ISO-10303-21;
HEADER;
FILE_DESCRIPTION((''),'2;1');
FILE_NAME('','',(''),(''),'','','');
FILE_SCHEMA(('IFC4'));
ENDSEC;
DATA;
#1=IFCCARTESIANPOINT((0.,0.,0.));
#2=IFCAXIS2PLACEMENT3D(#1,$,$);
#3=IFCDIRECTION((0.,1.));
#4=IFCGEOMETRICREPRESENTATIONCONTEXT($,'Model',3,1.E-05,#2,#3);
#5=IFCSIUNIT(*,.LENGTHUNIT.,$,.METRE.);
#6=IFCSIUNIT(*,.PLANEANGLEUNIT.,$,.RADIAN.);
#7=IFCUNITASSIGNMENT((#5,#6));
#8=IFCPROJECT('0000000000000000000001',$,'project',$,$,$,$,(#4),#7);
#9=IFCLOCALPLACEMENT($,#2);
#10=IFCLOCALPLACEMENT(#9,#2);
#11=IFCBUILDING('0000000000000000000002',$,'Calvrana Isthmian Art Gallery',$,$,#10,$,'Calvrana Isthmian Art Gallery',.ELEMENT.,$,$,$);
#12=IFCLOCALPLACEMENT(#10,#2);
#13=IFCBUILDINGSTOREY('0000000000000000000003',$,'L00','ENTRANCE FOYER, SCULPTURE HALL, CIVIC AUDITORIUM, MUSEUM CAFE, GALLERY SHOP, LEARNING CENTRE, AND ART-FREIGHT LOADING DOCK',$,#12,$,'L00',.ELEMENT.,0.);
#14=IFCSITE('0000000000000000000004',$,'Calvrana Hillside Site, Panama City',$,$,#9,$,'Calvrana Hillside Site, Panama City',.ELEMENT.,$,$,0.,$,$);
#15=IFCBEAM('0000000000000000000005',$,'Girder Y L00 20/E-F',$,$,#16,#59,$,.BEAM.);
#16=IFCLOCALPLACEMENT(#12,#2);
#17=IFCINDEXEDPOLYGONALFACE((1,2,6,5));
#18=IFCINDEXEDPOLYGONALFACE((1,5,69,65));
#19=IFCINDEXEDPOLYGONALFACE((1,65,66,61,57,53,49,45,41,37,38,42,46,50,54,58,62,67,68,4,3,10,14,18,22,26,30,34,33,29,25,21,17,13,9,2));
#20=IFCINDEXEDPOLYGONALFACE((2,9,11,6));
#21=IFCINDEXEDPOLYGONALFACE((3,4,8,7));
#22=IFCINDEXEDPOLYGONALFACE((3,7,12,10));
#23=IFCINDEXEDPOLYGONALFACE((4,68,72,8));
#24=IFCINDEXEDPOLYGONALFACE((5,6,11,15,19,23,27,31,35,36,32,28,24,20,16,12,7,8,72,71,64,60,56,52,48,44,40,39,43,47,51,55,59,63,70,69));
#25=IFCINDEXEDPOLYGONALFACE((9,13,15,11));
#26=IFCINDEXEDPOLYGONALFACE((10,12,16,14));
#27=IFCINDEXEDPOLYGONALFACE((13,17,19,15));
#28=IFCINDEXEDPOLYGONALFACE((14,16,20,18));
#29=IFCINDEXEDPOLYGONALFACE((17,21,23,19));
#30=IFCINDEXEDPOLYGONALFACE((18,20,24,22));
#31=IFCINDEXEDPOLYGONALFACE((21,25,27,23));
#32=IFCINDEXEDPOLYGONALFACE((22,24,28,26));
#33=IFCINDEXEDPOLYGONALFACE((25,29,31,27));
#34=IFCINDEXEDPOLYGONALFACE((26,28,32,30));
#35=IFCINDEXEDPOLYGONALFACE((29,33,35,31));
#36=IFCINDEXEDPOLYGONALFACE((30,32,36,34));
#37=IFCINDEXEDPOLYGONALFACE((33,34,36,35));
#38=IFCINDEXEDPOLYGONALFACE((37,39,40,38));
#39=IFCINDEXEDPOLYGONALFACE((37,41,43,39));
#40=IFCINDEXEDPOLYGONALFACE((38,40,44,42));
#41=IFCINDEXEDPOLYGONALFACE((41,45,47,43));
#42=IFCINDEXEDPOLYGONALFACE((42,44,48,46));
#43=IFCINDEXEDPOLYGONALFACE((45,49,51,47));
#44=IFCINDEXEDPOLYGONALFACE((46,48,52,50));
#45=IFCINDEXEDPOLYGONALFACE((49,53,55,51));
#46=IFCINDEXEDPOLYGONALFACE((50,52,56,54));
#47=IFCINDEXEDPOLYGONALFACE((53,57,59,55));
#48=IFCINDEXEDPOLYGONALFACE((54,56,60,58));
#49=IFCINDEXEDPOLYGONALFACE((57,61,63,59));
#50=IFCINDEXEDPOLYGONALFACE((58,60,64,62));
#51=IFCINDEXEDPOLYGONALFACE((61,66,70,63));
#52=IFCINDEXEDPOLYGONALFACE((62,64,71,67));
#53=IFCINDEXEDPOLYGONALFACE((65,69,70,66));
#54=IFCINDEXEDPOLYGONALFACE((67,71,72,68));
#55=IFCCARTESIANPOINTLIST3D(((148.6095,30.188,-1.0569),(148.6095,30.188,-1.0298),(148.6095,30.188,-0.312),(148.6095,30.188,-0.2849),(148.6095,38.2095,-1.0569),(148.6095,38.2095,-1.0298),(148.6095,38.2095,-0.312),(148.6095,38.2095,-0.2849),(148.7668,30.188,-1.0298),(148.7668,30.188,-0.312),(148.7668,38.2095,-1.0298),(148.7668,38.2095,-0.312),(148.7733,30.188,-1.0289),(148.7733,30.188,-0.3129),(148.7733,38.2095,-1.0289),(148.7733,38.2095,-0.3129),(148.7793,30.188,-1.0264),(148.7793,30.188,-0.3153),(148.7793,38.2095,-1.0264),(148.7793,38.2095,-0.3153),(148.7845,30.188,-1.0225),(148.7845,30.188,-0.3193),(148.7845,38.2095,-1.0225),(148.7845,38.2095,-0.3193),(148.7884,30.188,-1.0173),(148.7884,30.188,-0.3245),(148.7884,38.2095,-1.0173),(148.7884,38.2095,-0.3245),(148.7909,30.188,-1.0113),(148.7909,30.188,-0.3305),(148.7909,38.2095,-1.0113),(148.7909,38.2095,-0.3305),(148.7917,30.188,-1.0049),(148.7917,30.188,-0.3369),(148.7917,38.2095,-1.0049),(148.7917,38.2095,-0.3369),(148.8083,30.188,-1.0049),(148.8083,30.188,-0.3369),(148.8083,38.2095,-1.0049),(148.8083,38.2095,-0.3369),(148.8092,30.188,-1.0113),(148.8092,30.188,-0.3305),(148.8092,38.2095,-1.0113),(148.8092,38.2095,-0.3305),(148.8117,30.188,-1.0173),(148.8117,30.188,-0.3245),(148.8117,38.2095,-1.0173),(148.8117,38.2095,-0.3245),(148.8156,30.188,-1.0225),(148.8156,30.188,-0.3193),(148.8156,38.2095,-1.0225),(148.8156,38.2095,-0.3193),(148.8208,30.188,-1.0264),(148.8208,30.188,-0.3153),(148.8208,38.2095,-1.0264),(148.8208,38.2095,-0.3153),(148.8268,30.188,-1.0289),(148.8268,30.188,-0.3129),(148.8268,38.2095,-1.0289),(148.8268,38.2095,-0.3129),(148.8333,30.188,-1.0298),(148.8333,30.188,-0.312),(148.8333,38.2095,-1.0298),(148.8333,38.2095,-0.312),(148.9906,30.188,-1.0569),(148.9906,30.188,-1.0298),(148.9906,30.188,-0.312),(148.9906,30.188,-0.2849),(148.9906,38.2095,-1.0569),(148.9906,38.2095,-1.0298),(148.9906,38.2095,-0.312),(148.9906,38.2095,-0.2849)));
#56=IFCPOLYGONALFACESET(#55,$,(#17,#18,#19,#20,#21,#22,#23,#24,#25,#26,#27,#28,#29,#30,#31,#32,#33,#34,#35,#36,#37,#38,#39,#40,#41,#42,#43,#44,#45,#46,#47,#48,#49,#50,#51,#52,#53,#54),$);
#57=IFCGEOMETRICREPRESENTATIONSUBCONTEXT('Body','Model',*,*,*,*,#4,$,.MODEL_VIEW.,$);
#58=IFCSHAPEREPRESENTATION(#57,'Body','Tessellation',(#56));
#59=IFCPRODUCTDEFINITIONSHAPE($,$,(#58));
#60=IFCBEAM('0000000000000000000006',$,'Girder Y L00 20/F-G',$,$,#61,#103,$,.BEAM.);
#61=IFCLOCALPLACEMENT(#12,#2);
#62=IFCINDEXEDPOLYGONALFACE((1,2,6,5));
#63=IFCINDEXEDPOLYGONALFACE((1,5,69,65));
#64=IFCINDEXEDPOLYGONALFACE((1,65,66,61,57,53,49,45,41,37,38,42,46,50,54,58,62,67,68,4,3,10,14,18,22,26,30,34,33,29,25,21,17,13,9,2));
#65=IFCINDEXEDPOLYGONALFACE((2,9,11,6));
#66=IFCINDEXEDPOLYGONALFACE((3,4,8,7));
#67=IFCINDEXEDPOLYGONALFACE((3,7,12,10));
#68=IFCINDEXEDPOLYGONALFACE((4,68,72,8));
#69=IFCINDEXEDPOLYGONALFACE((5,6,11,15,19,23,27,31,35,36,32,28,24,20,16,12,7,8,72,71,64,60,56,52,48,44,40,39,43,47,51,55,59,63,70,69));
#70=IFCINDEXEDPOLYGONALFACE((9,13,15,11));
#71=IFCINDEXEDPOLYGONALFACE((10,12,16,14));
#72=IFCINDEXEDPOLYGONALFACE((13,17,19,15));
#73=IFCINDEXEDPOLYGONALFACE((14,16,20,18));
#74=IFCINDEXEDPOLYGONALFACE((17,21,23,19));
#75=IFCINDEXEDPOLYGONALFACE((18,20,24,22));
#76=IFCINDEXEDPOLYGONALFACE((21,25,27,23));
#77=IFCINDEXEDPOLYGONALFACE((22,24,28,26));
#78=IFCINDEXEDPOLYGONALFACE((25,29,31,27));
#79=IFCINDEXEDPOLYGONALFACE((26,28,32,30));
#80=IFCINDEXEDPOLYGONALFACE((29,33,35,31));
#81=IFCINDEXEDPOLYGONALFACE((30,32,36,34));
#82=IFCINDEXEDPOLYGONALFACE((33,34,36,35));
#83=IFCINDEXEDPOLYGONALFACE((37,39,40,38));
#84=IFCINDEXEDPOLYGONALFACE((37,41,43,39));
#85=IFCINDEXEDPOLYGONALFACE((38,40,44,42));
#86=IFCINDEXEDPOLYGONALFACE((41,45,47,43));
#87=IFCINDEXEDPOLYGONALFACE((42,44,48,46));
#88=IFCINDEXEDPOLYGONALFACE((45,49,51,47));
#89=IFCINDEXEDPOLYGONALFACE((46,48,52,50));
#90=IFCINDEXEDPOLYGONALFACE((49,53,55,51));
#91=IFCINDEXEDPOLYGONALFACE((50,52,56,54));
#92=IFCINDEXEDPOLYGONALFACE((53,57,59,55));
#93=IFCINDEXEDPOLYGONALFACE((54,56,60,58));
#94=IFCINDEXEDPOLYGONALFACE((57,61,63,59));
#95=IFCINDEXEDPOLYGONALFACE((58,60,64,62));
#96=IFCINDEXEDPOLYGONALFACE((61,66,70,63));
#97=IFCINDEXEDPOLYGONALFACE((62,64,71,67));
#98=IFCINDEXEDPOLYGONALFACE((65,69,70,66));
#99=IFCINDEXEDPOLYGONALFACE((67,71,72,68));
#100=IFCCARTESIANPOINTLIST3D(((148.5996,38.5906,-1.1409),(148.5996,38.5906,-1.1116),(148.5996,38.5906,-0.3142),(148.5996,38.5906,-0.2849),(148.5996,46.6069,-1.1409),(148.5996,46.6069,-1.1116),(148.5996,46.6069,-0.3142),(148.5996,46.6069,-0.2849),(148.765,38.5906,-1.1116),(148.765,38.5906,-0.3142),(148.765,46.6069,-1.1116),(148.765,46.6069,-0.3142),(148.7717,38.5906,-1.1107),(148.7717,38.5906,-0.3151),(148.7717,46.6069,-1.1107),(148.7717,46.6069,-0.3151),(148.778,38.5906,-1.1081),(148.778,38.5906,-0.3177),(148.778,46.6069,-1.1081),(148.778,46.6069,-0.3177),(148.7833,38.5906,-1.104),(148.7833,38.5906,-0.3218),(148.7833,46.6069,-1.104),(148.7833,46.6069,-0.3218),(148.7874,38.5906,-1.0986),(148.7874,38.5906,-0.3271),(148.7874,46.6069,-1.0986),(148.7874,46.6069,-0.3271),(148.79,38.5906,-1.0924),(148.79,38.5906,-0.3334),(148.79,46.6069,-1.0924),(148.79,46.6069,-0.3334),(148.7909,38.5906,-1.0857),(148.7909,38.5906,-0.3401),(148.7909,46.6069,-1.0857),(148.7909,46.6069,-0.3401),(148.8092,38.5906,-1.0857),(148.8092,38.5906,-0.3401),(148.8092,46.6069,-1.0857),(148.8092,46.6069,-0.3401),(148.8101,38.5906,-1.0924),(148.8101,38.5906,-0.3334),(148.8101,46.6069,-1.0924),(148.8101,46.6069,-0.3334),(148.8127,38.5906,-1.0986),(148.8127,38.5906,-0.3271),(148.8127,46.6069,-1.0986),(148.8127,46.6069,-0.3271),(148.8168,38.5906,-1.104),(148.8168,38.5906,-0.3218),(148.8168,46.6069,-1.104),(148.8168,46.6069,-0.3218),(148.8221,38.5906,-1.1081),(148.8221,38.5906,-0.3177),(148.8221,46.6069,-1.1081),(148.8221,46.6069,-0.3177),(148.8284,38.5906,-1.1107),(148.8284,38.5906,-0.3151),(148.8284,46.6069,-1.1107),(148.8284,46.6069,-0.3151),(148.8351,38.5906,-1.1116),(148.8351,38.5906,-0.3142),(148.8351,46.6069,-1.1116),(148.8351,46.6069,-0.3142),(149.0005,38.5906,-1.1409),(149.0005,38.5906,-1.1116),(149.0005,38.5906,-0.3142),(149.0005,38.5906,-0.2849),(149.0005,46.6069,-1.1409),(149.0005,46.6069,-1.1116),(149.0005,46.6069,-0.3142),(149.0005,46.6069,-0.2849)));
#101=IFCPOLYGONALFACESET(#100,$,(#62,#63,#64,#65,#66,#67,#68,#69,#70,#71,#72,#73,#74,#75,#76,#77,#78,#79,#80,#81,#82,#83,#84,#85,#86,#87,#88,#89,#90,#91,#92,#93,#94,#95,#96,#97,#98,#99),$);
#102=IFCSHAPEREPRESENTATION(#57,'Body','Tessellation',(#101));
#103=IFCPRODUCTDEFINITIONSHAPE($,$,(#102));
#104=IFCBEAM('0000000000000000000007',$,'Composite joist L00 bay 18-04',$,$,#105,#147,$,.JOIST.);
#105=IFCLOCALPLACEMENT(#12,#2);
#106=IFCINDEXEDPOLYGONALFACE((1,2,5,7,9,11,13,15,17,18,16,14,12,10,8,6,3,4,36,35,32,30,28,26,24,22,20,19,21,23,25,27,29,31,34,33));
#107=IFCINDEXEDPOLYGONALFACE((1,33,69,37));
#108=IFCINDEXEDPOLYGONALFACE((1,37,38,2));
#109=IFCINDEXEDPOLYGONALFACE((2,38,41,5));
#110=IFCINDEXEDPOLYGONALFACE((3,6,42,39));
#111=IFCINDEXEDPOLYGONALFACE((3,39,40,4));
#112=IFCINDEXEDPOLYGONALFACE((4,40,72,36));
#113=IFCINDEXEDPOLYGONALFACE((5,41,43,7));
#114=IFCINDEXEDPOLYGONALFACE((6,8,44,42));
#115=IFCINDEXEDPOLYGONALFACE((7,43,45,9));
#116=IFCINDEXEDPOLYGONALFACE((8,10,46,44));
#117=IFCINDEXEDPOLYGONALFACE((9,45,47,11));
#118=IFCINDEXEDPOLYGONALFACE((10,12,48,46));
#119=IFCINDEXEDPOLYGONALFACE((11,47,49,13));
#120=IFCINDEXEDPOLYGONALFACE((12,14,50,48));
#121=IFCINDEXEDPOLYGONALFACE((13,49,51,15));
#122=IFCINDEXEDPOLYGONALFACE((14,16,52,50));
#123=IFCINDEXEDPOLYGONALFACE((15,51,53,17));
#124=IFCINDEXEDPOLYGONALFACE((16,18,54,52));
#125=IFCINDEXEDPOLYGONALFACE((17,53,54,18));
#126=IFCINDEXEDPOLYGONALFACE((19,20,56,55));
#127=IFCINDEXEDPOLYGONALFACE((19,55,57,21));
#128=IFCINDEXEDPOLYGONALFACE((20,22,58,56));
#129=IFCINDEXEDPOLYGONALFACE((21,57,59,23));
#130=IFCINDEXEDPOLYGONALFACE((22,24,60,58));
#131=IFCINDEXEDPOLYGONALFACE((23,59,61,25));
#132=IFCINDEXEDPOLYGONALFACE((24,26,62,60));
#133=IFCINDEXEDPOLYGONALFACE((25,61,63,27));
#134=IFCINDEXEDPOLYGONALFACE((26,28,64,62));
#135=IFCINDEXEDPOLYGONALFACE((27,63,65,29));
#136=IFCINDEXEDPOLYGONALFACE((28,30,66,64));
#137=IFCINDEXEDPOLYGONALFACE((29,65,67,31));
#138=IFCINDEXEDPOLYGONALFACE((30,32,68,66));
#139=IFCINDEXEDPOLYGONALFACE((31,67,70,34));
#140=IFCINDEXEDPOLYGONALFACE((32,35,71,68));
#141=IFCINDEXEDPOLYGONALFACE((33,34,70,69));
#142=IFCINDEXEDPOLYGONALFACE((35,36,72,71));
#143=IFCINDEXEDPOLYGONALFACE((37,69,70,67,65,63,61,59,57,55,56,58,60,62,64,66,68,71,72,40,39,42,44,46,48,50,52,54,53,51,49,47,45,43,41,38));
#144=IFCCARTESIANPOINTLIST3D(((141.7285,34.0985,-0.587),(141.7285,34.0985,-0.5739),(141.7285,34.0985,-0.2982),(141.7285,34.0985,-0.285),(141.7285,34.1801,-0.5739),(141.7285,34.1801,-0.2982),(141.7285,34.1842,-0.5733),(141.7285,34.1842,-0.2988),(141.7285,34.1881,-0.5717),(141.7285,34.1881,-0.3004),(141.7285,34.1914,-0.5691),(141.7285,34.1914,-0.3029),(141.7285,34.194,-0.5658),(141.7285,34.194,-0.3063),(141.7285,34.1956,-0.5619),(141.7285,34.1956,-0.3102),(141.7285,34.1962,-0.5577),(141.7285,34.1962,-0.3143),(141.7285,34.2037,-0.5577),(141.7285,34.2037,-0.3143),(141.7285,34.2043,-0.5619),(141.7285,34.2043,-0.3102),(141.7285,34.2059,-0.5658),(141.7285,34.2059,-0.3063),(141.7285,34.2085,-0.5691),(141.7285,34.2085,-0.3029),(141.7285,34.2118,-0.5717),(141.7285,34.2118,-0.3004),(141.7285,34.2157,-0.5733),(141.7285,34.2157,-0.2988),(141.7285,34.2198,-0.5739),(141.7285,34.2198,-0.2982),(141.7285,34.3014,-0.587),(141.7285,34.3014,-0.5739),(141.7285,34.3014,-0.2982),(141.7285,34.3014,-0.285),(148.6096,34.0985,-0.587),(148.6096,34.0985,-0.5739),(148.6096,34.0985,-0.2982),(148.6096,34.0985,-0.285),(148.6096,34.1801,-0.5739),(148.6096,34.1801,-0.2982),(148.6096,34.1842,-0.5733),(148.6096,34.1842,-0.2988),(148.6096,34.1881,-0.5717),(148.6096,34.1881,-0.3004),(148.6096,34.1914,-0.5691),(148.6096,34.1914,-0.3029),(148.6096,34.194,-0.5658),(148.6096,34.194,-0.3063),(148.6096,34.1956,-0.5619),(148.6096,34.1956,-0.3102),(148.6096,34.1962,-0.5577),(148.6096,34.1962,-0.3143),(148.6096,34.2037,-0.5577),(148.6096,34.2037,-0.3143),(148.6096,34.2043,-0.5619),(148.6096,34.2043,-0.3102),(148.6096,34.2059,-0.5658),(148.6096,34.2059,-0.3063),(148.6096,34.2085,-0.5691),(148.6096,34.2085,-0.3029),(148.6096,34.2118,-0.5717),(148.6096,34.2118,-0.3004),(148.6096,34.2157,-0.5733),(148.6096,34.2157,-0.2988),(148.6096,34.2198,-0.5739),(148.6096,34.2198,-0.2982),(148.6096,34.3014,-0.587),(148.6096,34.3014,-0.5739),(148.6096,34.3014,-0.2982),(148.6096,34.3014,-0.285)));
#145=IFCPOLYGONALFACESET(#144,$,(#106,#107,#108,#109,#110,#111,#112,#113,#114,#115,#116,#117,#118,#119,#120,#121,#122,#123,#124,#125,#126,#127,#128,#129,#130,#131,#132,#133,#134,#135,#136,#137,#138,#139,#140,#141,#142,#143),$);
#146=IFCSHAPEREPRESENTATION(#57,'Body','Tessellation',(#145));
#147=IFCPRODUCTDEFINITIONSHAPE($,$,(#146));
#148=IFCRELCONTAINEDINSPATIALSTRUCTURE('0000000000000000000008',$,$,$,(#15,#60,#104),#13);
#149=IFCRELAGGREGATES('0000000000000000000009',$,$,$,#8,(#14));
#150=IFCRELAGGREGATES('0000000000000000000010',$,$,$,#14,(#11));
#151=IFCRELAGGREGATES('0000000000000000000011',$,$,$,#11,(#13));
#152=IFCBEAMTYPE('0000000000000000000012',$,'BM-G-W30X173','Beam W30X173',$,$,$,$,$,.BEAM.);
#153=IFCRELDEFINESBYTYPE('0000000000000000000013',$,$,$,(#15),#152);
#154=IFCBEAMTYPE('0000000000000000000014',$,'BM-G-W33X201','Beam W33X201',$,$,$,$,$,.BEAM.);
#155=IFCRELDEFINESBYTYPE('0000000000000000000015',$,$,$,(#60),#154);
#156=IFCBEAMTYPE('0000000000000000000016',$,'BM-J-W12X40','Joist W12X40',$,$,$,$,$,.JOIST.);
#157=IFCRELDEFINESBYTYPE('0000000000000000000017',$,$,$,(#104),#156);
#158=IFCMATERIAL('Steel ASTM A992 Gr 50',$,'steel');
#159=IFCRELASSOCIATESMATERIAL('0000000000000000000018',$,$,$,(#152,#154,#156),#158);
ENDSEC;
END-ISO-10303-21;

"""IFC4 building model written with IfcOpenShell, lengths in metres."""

from ifc_helpers import new_model, si_unit, direction, frame, origin, origin_2d, place, context, subcontext, project, spatial, i_section, extrude, material, material_profile, profile_set, type_object, element, save


model = new_model("IFC4")

# Units and contexts
model_context = context("Model", 3, precision=1e-05, world=origin(), true_north=direction((0.0, 1.0)))
body_context = subcontext(model_context, "Body", "Model", "MODEL_VIEW")
ifc_project = project(units=[si_unit("LENGTHUNIT", "METRE"), si_unit("PLANEANGLEUNIT", "RADIAN")], contexts=[model_context])

# Site, building, storey
site_placement = place(None, origin())
site = spatial("IfcSite", under=ifc_project, at=site_placement, Name="Calvrana Hillside Site, Panama City", LongName="Calvrana Hillside Site, Panama City", CompositionType="ELEMENT", RefElevation=0.0)
building_placement = place(site_placement, origin())
building = spatial("IfcBuilding", under=site, at=building_placement, Name="Calvrana Isthmian Art Gallery", LongName="Calvrana Isthmian Art Gallery", CompositionType="ELEMENT")
storey_placement = place(building_placement, origin())
storey = spatial("IfcBuildingStorey", under=building, at=storey_placement, Name="L00", Description="ENTRANCE FOYER, SCULPTURE HALL, CIVIC AUDITORIUM, MUSEUM CAFE, GALLERY SHOP, LEARNING CENTRE, AND ART-FREIGHT LOADING DOCK", LongName="L00", CompositionType="ELEMENT", Elevation=0.0)

# Shared definitions
ifc_material_1 = material(Name="Steel ASTM A992 Gr 50", Category="steel")

# Beams
ifc_material_profile_1 = material_profile(ifc_material_1, i_section(OverallWidth=0.3811, OverallDepth=0.772, WebThickness=0.0166, FlangeThickness=0.0271, FilletRadius=0.0249, at=origin_2d()), Name="W30X173")
ifc_profile_set_1 = profile_set([ifc_material_profile_1], Name="Steel ASTM A992 Gr 50")
beam_type_1 = type_object("IfcBeamType", Name="BM-G-W30X173", Description="Beam W30X173", PredefinedType="BEAM", material=ifc_profile_set_1)
beam_1_placement = place(storey_placement, frame((148.8, 30.188, -0.6709), z_axis=(0.0, 1.0, 0.0), x_axis=(-1.0, 0.0, 0.0)))
element("IfcBeam", 1, at=beam_1_placement, inside=storey, type_object=beam_type_1, Name="Girder Y L00 20/E-F", PredefinedType="BEAM", context=body_context, shape_type="SweptSolid", body=[
    extrude(i_section(OverallWidth=0.3811, OverallDepth=0.772, WebThickness=0.0166, FlangeThickness=0.0271, FilletRadius=0.0249, at=origin_2d()), origin(), (0.0, 0.0, 1.0), 8.0215),
])
ifc_material_profile_2 = material_profile(ifc_material_1, i_section(OverallWidth=0.4009, OverallDepth=0.856, WebThickness=0.0183, FlangeThickness=0.0293, FilletRadius=0.0259, at=origin_2d()), Name="W33X201")
ifc_profile_set_2 = profile_set([ifc_material_profile_2], Name="Steel ASTM A992 Gr 50")
beam_type_2 = type_object("IfcBeamType", Name="BM-G-W33X201", Description="Beam W33X201", PredefinedType="BEAM", material=ifc_profile_set_2)
beam_2_placement = place(storey_placement, frame((148.8, 38.5906, -0.7129), z_axis=(0.0, 1.0, 0.0), x_axis=(-1.0, 0.0, 0.0)))
element("IfcBeam", 2, at=beam_2_placement, inside=storey, type_object=beam_type_2, Name="Girder Y L00 20/F-G", PredefinedType="BEAM", context=body_context, shape_type="SweptSolid", body=[
    extrude(i_section(OverallWidth=0.4009, OverallDepth=0.856, WebThickness=0.0183, FlangeThickness=0.0293, FilletRadius=0.0259, at=origin_2d()), origin(), (0.0, 0.0, 1.0), 8.0164),
])
ifc_material_profile_3 = material_profile(ifc_material_1, i_section(OverallWidth=0.2029, OverallDepth=0.302, WebThickness=0.0076, FlangeThickness=0.0132, FilletRadius=0.0161, at=origin_2d()), Name="W12X40")
ifc_profile_set_3 = profile_set([ifc_material_profile_3], Name="Steel ASTM A992 Gr 50")
beam_type_3 = type_object("IfcBeamType", Name="BM-J-W12X40", Description="Joist W12X40", PredefinedType="JOIST", material=ifc_profile_set_3)
beam_3_placement = place(storey_placement, frame((141.7285, 34.2, -0.436), z_axis=(1.0, 0.0, 0.0), x_axis=(0.0, 1.0, 0.0)))
element("IfcBeam", 3, at=beam_3_placement, inside=storey, type_object=beam_type_3, Name="Composite joist L00 bay 18-04", PredefinedType="JOIST", context=body_context, shape_type="SweptSolid", body=[
    extrude(i_section(OverallWidth=0.2029, OverallDepth=0.302, WebThickness=0.0076, FlangeThickness=0.0132, FilletRadius=0.0161, at=origin_2d()), origin(), (0.0, 0.0, 1.0), 6.8811),
])

save(model, "model.ifc")
